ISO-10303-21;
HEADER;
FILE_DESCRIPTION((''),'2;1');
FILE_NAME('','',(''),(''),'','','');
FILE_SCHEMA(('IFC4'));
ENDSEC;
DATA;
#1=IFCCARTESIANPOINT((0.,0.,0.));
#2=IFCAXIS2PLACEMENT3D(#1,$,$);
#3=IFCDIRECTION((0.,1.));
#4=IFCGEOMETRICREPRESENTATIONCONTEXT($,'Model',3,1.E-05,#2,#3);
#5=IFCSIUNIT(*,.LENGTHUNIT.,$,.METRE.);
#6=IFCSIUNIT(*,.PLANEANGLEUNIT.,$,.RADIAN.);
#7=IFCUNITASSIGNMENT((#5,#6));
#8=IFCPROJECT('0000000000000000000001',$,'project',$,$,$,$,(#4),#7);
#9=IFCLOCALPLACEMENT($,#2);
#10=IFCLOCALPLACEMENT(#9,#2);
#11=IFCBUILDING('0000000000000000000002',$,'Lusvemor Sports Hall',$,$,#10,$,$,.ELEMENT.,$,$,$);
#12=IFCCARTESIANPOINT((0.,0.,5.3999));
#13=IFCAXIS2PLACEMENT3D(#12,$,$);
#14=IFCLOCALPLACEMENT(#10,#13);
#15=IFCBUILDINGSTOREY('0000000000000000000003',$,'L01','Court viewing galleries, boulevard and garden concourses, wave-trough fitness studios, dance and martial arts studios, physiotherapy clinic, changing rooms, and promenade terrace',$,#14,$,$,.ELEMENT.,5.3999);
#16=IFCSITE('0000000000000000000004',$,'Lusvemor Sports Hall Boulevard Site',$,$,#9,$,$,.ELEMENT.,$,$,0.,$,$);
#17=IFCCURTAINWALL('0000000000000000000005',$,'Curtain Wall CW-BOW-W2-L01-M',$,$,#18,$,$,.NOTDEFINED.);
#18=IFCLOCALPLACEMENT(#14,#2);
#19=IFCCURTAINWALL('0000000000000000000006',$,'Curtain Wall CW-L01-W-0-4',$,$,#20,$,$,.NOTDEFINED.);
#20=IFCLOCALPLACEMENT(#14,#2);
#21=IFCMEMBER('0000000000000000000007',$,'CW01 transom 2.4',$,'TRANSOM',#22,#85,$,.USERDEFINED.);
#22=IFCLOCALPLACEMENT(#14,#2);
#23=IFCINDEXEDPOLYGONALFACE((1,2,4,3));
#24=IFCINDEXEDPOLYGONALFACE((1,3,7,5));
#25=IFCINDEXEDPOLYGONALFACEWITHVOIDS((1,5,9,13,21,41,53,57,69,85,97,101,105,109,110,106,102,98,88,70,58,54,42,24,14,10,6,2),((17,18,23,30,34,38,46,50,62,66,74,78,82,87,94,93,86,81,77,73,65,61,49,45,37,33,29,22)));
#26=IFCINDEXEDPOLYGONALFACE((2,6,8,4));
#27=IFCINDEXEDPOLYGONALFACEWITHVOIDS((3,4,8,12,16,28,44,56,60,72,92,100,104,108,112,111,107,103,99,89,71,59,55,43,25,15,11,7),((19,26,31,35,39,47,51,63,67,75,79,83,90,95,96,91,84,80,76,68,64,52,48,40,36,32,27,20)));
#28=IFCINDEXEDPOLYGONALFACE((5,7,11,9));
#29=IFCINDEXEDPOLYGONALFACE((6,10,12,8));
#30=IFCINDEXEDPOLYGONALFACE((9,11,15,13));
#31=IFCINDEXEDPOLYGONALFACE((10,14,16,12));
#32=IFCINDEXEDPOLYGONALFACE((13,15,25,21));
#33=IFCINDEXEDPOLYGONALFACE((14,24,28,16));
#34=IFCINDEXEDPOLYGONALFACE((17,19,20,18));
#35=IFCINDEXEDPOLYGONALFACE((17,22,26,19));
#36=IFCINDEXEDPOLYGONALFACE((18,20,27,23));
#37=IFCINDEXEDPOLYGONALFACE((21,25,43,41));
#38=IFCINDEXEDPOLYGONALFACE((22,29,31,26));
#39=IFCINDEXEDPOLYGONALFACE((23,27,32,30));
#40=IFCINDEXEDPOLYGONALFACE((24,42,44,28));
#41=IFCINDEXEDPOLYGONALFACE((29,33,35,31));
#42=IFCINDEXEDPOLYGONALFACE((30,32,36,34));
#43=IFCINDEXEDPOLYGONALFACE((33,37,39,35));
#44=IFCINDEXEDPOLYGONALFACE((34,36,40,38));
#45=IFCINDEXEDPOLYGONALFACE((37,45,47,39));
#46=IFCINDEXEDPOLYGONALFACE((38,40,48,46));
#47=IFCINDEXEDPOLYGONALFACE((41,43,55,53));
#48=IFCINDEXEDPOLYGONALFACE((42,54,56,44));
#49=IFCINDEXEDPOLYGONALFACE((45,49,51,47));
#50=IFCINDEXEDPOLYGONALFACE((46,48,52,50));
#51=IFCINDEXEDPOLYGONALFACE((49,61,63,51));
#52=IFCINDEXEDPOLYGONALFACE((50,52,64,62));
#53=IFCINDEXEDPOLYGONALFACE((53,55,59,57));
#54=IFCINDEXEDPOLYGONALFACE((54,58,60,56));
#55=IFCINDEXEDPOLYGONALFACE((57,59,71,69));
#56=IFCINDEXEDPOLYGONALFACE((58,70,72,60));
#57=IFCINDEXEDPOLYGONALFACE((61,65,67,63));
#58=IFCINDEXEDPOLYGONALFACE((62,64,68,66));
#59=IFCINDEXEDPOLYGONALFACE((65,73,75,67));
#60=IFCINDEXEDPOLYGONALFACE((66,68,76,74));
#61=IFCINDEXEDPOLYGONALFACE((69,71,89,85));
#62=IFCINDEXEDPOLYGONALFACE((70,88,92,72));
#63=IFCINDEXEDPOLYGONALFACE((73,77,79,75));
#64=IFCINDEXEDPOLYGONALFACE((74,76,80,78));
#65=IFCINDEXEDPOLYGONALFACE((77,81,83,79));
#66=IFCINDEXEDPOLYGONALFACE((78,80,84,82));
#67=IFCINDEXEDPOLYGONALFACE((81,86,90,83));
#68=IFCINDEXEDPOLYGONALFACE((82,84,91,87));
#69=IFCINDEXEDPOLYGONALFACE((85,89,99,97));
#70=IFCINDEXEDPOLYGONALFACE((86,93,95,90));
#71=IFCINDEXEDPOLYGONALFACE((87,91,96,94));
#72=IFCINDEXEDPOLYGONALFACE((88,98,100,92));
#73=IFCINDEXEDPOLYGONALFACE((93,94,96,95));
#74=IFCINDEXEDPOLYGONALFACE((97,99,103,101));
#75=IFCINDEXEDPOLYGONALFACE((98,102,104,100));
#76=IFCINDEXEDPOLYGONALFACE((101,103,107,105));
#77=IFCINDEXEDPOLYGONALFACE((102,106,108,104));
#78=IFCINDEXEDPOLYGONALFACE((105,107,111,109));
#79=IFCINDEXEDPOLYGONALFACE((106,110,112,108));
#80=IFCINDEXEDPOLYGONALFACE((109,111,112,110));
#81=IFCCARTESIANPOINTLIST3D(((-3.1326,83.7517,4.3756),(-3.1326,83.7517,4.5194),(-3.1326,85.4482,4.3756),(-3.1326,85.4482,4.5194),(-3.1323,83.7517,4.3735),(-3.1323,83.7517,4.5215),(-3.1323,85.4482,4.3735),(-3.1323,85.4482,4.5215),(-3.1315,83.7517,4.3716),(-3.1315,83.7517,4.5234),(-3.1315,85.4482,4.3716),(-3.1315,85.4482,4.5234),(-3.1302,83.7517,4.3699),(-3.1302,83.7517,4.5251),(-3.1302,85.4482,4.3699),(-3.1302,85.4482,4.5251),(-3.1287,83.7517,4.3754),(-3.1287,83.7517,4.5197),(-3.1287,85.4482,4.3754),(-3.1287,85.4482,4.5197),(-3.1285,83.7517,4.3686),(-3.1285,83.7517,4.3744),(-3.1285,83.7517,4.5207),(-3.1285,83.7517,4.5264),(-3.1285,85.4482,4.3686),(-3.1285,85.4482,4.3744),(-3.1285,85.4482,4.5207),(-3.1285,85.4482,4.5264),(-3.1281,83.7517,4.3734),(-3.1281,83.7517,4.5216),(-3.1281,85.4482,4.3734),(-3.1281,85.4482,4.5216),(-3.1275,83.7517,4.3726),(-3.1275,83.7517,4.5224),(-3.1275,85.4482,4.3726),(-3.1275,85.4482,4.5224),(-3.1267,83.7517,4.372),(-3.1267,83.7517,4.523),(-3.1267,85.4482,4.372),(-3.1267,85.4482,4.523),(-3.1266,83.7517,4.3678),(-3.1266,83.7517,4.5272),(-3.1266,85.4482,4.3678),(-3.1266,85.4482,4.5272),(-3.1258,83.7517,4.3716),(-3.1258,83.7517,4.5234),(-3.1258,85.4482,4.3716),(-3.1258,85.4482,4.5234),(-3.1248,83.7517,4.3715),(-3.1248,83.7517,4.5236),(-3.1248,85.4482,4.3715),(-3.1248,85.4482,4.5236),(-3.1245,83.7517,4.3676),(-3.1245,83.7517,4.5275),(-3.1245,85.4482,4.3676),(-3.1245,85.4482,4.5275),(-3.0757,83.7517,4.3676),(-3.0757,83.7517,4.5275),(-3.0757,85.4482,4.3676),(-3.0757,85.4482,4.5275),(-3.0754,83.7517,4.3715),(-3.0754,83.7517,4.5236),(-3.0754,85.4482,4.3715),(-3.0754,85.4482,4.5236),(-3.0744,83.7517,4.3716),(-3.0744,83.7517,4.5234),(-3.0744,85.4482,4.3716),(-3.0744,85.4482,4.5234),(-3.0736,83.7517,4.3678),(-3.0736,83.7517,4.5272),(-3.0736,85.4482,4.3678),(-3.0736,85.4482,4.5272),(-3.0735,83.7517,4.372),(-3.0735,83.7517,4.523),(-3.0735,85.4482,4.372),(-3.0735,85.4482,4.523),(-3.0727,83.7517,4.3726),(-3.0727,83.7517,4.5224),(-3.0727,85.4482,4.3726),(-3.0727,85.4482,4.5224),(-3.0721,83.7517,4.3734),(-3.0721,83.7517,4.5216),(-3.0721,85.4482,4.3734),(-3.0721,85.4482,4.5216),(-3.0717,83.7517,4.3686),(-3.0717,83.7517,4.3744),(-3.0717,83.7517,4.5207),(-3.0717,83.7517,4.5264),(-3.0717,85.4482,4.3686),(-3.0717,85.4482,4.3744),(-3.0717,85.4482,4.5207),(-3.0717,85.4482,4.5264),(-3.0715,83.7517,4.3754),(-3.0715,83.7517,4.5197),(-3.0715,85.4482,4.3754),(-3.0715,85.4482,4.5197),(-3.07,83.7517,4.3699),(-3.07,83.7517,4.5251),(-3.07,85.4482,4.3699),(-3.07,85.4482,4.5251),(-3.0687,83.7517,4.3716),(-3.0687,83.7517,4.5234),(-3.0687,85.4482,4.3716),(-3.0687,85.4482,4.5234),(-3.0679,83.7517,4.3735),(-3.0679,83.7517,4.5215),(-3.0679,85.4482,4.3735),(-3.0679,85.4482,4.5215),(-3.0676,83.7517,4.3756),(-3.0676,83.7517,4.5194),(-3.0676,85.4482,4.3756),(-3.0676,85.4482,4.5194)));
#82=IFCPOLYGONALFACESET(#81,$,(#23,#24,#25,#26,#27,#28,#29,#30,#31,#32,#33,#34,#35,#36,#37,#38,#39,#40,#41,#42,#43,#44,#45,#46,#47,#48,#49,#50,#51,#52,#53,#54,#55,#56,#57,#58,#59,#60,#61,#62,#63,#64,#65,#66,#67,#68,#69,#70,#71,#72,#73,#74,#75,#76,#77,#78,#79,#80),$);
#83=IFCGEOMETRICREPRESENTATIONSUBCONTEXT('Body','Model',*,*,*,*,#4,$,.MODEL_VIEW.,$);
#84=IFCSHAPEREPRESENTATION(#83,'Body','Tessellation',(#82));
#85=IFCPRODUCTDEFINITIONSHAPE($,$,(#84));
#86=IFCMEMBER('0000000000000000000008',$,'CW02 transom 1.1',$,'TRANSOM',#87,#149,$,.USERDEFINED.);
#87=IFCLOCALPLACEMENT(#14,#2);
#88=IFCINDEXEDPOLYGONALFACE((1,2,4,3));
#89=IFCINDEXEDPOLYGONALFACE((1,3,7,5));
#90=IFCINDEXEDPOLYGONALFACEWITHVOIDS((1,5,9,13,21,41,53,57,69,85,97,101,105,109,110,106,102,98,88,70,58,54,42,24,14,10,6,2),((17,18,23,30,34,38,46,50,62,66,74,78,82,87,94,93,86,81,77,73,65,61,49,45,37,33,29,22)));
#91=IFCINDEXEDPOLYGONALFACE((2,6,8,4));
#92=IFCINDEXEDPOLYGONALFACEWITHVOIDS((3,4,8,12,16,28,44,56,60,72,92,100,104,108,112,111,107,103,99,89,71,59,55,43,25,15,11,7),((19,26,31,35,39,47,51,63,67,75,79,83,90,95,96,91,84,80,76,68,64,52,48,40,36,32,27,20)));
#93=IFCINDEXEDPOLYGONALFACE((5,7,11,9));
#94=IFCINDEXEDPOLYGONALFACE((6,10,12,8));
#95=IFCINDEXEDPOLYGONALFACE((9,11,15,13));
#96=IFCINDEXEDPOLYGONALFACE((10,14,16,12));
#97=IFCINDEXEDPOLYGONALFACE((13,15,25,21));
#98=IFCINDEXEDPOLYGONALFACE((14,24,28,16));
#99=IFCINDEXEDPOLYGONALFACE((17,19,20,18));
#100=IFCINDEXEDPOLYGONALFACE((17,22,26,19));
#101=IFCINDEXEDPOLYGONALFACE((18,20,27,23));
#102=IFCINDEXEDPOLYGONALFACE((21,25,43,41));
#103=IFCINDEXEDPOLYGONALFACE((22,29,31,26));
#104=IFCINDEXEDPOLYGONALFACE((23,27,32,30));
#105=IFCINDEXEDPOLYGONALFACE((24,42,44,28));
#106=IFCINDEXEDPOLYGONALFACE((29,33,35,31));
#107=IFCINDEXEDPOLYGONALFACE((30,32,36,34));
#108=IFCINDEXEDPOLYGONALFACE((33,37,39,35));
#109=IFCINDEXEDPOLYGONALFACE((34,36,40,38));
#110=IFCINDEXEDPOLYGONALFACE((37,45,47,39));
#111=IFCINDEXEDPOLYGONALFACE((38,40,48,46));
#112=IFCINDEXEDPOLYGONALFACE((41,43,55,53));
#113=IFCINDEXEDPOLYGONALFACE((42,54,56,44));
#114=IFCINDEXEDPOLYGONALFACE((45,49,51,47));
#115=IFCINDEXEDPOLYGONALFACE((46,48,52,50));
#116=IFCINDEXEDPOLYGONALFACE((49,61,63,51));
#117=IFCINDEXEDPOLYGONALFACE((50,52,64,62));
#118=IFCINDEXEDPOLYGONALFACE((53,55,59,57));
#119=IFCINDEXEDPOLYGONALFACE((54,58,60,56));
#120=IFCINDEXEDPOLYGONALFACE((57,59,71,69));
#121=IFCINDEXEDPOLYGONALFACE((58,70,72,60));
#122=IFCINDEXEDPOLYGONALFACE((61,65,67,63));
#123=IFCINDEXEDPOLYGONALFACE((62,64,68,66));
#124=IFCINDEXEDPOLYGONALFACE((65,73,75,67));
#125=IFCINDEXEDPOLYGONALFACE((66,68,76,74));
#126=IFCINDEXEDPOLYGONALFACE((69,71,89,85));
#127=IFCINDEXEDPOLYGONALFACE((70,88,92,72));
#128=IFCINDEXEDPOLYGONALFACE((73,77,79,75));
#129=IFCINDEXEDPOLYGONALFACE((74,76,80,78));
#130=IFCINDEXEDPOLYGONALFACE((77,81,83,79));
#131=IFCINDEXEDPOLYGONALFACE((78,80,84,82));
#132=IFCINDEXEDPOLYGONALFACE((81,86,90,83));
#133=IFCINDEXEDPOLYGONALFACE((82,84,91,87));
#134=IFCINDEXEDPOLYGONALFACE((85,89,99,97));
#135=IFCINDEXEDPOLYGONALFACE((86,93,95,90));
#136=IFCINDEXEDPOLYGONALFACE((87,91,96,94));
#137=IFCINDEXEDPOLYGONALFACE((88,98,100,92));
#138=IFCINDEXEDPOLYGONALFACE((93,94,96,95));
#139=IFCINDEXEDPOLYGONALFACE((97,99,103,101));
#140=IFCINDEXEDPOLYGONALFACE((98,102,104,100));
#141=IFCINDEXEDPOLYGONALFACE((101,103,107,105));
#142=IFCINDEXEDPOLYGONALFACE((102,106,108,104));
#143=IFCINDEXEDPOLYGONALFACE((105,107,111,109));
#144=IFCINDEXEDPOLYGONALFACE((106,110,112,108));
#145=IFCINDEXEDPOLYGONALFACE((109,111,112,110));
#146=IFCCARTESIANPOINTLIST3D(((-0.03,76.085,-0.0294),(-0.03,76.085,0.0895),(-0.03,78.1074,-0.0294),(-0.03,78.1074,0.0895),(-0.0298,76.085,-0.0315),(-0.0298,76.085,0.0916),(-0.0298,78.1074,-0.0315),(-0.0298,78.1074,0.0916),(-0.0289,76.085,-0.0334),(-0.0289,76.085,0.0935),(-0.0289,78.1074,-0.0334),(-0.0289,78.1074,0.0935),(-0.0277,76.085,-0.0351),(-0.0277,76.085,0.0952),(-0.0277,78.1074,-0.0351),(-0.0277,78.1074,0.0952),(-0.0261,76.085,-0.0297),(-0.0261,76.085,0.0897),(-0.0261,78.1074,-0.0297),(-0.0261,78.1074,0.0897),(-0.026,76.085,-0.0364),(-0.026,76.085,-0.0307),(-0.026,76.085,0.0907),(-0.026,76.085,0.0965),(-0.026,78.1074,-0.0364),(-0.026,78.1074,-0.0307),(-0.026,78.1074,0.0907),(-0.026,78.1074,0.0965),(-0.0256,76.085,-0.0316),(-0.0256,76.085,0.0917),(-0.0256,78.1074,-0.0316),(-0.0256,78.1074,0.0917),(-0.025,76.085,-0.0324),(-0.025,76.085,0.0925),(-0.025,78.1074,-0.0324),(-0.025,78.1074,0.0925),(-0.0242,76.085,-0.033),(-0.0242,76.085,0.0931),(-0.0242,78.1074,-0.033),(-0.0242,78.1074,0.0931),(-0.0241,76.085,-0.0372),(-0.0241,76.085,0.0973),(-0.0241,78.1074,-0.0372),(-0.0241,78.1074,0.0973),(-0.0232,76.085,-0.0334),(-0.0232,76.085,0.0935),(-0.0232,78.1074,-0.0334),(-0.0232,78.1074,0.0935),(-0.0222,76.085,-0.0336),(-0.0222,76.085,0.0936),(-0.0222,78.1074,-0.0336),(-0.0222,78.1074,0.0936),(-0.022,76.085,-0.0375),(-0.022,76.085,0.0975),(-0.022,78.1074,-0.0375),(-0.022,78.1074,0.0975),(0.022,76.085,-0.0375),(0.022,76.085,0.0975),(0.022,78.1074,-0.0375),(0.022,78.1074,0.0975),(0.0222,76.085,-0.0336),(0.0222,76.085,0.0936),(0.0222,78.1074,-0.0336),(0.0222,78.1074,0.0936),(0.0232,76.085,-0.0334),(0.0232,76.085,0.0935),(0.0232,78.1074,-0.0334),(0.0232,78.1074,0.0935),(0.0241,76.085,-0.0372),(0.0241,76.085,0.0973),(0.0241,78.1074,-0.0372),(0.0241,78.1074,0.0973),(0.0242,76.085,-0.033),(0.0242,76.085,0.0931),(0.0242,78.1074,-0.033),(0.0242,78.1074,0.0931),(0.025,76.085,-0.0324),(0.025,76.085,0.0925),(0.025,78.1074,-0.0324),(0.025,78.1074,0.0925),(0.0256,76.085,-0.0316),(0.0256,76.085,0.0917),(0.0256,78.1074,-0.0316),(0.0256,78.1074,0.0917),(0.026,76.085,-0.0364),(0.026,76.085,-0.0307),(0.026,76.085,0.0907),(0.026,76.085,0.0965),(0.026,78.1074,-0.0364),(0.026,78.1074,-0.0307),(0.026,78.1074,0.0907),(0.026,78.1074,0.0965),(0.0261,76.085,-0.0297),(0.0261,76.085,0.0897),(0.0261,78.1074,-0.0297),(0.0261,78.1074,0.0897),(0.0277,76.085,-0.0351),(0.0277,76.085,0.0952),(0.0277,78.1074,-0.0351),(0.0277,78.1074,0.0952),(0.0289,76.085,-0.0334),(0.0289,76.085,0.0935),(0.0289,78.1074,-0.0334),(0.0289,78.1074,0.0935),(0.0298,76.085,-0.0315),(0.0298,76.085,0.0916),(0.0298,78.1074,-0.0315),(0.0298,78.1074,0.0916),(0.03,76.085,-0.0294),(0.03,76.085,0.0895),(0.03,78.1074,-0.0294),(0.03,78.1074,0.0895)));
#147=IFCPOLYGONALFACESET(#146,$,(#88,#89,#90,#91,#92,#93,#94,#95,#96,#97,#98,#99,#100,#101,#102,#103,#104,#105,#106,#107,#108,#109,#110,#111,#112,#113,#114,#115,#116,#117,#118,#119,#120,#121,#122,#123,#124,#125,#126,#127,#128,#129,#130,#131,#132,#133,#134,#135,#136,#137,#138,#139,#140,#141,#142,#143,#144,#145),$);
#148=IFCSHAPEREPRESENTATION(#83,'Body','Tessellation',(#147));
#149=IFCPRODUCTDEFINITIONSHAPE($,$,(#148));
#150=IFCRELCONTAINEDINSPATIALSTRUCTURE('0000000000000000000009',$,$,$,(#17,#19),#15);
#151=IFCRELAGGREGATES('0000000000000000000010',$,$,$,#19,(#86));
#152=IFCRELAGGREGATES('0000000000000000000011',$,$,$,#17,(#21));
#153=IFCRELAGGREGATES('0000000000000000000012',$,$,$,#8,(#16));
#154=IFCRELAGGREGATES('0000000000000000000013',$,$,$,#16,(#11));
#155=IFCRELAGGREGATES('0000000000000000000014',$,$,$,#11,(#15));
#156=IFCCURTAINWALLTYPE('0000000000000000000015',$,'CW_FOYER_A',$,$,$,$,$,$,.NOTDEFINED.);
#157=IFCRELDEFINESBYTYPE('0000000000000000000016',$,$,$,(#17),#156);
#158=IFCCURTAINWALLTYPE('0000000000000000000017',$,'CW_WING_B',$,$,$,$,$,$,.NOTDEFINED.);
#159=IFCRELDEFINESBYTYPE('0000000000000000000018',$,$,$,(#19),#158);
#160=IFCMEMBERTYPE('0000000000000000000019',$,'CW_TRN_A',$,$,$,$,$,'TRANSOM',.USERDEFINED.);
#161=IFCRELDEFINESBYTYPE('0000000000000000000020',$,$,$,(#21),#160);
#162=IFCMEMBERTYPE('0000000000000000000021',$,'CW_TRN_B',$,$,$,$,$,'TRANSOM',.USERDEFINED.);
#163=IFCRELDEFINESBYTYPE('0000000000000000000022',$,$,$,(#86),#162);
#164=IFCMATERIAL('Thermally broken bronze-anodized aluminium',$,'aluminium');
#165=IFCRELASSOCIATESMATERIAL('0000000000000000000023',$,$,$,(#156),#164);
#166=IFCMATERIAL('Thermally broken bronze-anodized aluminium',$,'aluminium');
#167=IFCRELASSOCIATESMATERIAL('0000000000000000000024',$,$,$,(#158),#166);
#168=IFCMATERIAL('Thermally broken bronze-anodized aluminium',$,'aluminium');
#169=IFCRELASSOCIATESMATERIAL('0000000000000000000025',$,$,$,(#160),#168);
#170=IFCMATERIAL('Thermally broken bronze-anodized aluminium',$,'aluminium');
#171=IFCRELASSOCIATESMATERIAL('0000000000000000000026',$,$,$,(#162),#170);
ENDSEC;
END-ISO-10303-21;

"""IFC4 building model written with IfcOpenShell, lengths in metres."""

from ifc_helpers import new_model, si_unit, direction, frame, origin, origin_2d, place, context, subcontext, project, spatial, hollow_rectangle, extrude, material, material_profile, profile_set, type_object, element, aggregate, save


model = new_model("IFC4")

# Units and contexts
model_context = context("Model", 3, precision=1e-05, world=origin(), true_north=direction((0.0, 1.0)))
body_context = subcontext(model_context, "Body", "Model", "MODEL_VIEW")
ifc_project = project(units=[si_unit("LENGTHUNIT", "METRE"), si_unit("PLANEANGLEUNIT", "RADIAN")], contexts=[model_context])

# Site, building, storey
site_placement = place(None, origin())
site = spatial("IfcSite", under=ifc_project, at=site_placement, Name="Lusvemor Sports Hall Boulevard Site", CompositionType="ELEMENT", RefElevation=0.0)
building_placement = place(site_placement, origin())
building = spatial("IfcBuilding", under=site, at=building_placement, Name="Lusvemor Sports Hall", CompositionType="ELEMENT")
storey_placement = place(building_placement, frame((0.0, 0.0, 5.3999)))
storey = spatial("IfcBuildingStorey", under=building, at=storey_placement, Name="L01", Description="Court viewing galleries, boulevard and garden concourses, wave-trough fitness studios, dance and martial arts studios, physiotherapy clinic, changing rooms, and promenade terrace", CompositionType="ELEMENT", Elevation=5.3999)

# Curtain wall
ifc_material_1 = material(Name="Thermally broken bronze-anodized aluminium", Category="aluminium")
curtain_wall_type_1 = type_object("IfcCurtainWallType", Name="CW_FOYER_A", PredefinedType="NOTDEFINED", material=ifc_material_1)
curtain_wall_1_placement = place(storey_placement, origin())
curtain_wall_1 = element("IfcCurtainWall", 1, at=curtain_wall_1_placement, inside=storey, type_object=curtain_wall_type_1, Name="Curtain Wall CW-BOW-W2-L01-M", PredefinedType="NOTDEFINED")

# Curtain wall
ifc_material_2 = material(Name="Thermally broken bronze-anodized aluminium", Category="aluminium")
curtain_wall_type_2 = type_object("IfcCurtainWallType", Name="CW_WING_B", PredefinedType="NOTDEFINED", material=ifc_material_2)
curtain_wall_2_placement = place(storey_placement, origin())
curtain_wall_2 = element("IfcCurtainWall", 2, at=curtain_wall_2_placement, inside=storey, type_object=curtain_wall_type_2, Name="Curtain Wall CW-L01-W-0-4", PredefinedType="NOTDEFINED")

# Members
ifc_material_3 = material(Name="Thermally broken bronze-anodized aluminium", Category="aluminium")
ifc_material_profile_1 = material_profile(ifc_material_3, hollow_rectangle(XDim=0.0649, YDim=0.1599, WallThickness=0.0039, InnerFilletRadius=0.0039, OuterFilletRadius=0.0081, at=origin_2d()), Name="CWTRN160x65x4")
ifc_profile_set_1 = profile_set([ifc_material_profile_1], Name="Thermally broken bronze-anodized aluminium")
member_type_1 = type_object("IfcMemberType", Name="CW_TRN_A", ElementType="TRANSOM", PredefinedType="USERDEFINED", material=ifc_profile_set_1)
member_1_placement = place(storey_placement, frame((-3.1001, 83.7517, 4.4475), z_axis=(0.0, 1.0, 0.0), x_axis=(-1.0, 0.0, 0.0)))
member_1 = element("IfcMember", 3, at=member_1_placement, type_object=member_type_1, Name="CW01 transom 2.4", ObjectType="TRANSOM", PredefinedType="USERDEFINED", context=body_context, shape_type="SweptSolid", body=[
    extrude(hollow_rectangle(XDim=0.0649, YDim=0.1599, WallThickness=0.0039, InnerFilletRadius=0.0039, OuterFilletRadius=0.0081, at=origin_2d()), origin(), (0.0, 0.0, 1.0), 1.6965),
])
ifc_material_4 = material(Name="Thermally broken bronze-anodized aluminium", Category="aluminium")
ifc_material_profile_2 = material_profile(ifc_material_4, hollow_rectangle(XDim=0.0601, YDim=0.135, WallThickness=0.0039, InnerFilletRadius=0.0039, OuterFilletRadius=0.0081, at=origin_2d()), Name="CWTRN135x60x4")
ifc_profile_set_2 = profile_set([ifc_material_profile_2], Name="Thermally broken bronze-anodized aluminium")
member_type_2 = type_object("IfcMemberType", Name="CW_TRN_B", ElementType="TRANSOM", PredefinedType="USERDEFINED", material=ifc_profile_set_2)
member_2_placement = place(storey_placement, frame((0.0, 76.085, 0.03), z_axis=(0.0, 1.0, 0.0), x_axis=(-1.0, 0.0, 0.0)))
member_2 = element("IfcMember", 4, at=member_2_placement, type_object=member_type_2, Name="CW02 transom 1.1", ObjectType="TRANSOM", PredefinedType="USERDEFINED", context=body_context, shape_type="SweptSolid", body=[
    extrude(hollow_rectangle(XDim=0.0601, YDim=0.135, WallThickness=0.0039, InnerFilletRadius=0.0039, OuterFilletRadius=0.0081, at=origin_2d()), origin(), (0.0, 0.0, 1.0), 2.0225),
])
aggregate(curtain_wall_2, [member_2])

aggregate(curtain_wall_1, [member_1])

save(model, "model.ifc")
